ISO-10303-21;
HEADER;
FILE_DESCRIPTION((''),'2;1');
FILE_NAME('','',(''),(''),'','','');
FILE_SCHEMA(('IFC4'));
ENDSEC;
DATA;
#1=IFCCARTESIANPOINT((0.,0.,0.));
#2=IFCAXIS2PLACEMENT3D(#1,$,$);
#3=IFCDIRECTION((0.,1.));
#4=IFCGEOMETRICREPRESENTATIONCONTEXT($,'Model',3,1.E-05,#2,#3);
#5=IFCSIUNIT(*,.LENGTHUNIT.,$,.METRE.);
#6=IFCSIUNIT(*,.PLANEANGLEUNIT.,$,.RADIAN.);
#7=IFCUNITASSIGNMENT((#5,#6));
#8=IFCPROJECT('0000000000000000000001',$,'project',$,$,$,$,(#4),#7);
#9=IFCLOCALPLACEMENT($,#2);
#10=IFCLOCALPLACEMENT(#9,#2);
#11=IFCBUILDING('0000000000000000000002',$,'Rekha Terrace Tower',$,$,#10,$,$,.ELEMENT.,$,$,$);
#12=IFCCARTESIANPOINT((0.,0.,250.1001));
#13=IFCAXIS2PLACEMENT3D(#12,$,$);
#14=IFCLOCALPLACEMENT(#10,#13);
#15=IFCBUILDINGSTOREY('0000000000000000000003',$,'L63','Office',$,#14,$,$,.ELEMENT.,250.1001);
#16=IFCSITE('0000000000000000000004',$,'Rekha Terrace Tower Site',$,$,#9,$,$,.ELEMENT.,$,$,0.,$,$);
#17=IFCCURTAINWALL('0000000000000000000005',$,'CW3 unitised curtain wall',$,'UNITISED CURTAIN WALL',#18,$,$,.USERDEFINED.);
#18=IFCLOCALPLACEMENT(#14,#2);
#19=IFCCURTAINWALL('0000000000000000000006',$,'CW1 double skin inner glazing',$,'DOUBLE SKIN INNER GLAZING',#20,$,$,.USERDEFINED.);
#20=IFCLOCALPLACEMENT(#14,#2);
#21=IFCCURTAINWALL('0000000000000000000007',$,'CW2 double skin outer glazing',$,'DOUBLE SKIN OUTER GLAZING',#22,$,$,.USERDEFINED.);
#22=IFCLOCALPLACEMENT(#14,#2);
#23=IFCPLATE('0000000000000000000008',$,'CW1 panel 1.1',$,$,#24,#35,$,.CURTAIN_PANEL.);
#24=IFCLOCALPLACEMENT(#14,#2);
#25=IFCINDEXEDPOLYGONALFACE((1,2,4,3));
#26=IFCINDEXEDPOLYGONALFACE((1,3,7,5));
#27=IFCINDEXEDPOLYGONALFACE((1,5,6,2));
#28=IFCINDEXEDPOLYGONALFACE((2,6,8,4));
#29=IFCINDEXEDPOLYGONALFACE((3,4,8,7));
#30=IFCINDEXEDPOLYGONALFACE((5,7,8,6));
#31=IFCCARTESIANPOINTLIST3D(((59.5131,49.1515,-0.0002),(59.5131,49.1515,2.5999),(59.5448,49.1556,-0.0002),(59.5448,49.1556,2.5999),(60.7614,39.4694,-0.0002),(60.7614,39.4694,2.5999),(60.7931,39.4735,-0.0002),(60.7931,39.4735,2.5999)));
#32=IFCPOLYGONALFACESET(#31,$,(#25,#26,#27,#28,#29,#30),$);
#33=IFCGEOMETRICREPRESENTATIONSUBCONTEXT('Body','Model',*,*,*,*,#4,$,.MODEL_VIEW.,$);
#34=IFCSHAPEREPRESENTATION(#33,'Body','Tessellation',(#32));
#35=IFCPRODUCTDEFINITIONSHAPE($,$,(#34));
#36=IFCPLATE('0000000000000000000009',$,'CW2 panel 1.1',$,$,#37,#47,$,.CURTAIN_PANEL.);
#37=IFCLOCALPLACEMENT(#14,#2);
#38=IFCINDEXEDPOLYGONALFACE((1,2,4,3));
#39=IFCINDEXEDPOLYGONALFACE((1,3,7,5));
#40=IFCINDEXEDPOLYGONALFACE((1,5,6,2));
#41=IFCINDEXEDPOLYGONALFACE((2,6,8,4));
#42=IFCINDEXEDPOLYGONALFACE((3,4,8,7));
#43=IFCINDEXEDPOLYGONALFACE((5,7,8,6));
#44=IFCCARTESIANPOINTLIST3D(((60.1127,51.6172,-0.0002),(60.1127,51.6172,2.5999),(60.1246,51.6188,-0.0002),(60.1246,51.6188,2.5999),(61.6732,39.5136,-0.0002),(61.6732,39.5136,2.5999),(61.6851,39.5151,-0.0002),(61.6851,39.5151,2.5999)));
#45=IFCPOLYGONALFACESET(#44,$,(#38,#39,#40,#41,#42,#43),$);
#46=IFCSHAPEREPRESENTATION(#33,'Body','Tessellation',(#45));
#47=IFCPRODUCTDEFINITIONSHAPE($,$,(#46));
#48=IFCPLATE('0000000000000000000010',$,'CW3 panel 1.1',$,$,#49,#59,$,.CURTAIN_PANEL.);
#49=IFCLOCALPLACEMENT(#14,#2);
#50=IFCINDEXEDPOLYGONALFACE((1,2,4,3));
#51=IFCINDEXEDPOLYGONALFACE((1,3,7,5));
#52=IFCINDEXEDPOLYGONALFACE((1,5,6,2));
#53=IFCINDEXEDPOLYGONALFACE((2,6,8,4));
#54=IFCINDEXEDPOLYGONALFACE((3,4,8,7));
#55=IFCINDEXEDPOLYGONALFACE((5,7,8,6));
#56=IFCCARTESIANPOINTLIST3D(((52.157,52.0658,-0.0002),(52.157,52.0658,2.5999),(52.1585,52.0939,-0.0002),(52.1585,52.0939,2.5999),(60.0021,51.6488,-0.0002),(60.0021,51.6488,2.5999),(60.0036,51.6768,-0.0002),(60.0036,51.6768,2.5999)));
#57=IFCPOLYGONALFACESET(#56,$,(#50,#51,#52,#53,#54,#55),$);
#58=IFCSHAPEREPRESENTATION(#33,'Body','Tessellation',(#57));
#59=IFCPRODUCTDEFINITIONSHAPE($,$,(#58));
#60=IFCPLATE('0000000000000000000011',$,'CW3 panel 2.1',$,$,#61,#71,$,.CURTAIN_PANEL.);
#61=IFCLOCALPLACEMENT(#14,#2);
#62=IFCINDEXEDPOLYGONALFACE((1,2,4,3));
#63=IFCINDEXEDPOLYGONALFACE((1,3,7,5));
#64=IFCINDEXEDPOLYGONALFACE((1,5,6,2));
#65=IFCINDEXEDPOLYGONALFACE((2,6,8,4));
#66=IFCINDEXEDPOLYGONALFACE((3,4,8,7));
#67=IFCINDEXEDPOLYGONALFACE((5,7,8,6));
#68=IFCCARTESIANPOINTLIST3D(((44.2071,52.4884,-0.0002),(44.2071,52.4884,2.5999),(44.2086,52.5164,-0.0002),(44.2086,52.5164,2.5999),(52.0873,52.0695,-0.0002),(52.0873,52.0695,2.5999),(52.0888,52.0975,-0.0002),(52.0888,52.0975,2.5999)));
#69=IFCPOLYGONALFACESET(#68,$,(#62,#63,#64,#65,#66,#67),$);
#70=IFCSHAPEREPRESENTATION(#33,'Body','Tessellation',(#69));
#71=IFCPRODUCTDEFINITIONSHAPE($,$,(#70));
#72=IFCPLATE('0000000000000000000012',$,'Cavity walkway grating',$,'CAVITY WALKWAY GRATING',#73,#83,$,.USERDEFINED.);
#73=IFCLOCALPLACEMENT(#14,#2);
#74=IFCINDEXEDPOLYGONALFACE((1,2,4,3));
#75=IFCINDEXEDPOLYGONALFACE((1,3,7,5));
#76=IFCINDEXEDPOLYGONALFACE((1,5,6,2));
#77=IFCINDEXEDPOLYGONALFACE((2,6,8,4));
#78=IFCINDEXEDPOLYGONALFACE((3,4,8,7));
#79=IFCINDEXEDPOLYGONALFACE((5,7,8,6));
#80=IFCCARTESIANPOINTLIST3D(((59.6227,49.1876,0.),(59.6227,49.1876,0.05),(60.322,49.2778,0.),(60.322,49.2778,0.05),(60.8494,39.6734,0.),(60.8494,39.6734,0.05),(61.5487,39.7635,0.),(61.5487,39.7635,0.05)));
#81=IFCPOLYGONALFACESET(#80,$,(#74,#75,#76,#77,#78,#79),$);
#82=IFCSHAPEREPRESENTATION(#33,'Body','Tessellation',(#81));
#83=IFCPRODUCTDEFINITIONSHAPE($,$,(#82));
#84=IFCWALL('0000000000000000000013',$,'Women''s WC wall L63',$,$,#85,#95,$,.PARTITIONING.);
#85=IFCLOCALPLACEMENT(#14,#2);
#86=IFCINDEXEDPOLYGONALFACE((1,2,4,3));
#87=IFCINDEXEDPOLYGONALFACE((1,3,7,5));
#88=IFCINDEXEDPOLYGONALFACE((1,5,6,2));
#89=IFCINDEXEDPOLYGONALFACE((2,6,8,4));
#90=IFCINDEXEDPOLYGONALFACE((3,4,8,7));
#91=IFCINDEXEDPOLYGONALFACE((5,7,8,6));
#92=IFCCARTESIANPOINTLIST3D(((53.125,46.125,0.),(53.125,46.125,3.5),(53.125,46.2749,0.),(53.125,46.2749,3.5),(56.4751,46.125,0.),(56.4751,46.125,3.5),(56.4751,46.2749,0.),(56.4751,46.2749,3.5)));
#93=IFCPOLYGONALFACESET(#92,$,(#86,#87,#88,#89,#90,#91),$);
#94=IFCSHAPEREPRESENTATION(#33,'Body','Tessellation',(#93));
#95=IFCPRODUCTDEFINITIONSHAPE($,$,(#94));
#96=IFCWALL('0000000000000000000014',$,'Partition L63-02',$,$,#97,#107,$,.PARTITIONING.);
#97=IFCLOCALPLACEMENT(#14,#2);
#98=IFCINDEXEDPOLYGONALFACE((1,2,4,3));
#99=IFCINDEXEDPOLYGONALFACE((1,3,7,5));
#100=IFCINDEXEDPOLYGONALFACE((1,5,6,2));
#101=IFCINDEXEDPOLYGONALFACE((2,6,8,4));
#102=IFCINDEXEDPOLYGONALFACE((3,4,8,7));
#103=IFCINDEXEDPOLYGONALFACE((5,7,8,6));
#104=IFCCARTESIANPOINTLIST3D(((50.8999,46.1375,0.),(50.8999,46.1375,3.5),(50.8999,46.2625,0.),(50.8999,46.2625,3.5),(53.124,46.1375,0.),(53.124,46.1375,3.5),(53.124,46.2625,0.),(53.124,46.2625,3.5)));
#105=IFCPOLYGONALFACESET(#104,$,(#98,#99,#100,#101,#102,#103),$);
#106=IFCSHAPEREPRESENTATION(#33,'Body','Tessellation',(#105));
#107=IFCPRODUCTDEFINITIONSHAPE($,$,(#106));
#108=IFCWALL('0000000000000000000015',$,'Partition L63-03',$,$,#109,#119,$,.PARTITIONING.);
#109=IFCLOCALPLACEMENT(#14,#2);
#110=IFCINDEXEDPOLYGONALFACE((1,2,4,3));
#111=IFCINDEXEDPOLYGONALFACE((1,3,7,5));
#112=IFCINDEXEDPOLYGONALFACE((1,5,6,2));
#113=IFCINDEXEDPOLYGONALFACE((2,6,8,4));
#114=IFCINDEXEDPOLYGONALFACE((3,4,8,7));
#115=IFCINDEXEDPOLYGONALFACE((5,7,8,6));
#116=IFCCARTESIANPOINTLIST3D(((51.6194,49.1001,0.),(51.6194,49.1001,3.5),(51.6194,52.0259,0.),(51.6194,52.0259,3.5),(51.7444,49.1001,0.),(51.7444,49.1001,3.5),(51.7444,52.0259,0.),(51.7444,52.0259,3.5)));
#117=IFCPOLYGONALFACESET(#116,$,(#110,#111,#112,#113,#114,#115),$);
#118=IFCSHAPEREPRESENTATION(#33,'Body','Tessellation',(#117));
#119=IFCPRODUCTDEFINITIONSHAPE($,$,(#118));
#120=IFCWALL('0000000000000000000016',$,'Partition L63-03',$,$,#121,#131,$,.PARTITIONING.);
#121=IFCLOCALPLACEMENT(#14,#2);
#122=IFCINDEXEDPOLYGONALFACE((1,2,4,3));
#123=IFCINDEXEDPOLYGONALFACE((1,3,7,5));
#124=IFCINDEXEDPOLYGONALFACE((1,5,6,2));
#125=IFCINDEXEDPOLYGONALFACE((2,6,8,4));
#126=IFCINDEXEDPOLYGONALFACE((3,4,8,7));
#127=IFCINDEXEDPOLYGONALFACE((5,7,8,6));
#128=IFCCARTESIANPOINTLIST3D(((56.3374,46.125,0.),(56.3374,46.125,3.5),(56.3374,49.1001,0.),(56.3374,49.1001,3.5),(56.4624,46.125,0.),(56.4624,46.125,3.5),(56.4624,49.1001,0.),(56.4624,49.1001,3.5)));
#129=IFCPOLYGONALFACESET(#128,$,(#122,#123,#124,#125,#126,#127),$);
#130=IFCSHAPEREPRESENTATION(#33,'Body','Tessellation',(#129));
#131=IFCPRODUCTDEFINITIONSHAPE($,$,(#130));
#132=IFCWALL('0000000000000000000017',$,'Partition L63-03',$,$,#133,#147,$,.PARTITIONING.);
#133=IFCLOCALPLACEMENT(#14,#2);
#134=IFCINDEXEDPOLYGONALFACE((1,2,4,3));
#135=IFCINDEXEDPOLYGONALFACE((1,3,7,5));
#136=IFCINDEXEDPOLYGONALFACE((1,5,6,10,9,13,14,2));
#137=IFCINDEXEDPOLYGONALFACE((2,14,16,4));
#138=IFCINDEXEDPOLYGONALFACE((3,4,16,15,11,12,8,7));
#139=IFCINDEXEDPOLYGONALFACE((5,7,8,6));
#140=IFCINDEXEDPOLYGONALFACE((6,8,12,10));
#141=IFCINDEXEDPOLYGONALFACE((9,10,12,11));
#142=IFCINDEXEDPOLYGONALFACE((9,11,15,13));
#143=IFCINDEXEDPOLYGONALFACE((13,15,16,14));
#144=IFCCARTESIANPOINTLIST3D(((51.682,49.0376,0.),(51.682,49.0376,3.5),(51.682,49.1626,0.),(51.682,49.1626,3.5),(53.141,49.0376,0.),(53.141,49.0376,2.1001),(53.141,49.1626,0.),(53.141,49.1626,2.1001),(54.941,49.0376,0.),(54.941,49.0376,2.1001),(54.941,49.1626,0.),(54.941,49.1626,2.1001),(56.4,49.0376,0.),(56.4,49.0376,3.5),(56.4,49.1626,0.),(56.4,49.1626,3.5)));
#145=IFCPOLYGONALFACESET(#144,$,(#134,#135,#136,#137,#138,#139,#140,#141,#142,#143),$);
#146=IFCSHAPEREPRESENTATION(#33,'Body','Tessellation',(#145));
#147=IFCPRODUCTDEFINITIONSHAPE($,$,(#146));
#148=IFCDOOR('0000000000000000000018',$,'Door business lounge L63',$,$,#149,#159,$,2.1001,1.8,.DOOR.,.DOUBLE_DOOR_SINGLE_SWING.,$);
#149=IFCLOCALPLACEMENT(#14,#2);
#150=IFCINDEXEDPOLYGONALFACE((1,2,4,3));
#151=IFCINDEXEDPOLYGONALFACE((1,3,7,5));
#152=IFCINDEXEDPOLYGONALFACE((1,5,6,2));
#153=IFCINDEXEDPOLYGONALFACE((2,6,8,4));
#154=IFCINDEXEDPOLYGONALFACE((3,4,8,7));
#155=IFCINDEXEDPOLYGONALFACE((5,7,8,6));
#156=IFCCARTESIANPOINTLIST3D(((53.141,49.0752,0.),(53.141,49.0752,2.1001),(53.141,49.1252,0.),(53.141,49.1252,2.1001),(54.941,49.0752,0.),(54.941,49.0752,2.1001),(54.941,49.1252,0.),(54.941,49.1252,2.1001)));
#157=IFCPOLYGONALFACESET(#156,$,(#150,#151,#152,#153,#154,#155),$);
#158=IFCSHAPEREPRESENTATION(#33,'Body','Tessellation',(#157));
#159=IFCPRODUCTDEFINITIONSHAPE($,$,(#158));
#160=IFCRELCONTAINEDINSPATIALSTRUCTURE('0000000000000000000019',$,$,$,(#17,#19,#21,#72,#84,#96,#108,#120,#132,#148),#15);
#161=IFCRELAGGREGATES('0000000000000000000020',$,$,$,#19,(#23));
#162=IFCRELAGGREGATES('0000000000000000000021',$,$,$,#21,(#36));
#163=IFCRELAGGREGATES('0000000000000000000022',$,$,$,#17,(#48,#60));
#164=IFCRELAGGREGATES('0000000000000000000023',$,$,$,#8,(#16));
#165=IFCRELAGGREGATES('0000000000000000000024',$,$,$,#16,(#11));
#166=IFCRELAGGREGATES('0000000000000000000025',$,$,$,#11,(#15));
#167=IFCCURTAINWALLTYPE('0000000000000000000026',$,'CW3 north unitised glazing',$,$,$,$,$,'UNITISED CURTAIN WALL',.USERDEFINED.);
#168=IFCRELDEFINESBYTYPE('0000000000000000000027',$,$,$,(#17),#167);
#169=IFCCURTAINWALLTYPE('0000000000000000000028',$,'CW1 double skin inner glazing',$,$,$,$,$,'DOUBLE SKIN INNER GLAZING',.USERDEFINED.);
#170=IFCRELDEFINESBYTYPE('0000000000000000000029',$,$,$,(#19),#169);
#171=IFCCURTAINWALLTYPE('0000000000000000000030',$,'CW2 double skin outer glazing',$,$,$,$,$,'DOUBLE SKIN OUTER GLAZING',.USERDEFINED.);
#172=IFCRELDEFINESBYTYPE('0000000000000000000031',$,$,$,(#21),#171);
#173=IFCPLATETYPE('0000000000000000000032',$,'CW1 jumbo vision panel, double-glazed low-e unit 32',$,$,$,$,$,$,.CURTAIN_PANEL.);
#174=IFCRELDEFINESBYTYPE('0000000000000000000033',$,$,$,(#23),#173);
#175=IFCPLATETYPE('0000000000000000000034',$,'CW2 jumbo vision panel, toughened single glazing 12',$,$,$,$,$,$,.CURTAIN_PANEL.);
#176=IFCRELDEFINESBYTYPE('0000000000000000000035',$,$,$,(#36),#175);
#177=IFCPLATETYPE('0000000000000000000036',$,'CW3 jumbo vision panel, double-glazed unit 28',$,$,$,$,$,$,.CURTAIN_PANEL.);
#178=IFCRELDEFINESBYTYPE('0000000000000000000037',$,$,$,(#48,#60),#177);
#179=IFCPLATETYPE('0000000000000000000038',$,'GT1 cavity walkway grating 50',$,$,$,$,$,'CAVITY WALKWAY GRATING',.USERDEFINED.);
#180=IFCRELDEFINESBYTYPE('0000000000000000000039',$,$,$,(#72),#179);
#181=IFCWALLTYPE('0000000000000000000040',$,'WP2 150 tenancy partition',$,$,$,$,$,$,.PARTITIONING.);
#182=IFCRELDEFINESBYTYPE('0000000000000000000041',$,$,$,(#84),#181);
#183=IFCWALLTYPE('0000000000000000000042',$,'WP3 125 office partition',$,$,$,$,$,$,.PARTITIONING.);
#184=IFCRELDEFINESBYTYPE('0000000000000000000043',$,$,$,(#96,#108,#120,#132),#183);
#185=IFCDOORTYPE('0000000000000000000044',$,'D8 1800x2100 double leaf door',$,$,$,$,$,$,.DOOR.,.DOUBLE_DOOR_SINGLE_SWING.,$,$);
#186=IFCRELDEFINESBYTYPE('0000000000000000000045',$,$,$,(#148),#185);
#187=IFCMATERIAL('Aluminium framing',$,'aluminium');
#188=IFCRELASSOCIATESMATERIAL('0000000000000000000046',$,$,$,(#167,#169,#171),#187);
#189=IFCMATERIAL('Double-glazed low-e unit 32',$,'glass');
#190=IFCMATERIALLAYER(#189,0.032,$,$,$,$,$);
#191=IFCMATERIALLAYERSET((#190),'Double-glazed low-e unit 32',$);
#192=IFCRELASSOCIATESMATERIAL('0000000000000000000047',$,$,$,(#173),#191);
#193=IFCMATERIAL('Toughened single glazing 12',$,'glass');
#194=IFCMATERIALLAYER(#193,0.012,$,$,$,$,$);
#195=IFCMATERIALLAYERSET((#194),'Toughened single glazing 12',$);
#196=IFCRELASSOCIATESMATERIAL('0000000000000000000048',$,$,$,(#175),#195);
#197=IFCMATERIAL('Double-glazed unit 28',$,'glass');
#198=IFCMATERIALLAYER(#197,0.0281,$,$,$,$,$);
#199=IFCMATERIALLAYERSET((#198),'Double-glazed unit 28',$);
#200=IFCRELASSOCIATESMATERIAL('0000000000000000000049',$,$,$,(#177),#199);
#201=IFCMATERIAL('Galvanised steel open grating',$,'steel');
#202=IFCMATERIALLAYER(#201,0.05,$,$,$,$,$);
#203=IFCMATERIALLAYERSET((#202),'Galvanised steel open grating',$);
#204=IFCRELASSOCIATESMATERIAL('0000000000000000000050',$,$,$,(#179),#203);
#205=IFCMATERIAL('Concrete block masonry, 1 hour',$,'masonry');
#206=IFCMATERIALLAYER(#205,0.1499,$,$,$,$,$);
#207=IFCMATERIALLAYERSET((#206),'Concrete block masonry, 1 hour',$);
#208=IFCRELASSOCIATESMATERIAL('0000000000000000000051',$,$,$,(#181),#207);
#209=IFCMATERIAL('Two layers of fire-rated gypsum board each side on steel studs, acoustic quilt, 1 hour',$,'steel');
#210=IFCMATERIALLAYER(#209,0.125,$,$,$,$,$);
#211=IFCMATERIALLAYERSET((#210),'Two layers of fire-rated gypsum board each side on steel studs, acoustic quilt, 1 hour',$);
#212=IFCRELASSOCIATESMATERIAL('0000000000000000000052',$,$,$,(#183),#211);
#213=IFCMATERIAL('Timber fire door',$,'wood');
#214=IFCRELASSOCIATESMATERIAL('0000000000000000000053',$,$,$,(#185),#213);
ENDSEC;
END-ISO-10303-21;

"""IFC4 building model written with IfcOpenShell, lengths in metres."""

from ifc_helpers import new_model, si_unit, direction, frame, frame_2d, origin, origin_2d, place, context, subcontext, project, spatial, rectangle, extrude, material, layer, layer_set, type_object, element, fill, aggregate, save


model = new_model("IFC4")

# Units and contexts
model_context = context("Model", 3, precision=1e-05, world=origin(), true_north=direction((0.0, 1.0)))
body_context = subcontext(model_context, "Body", "Model", "MODEL_VIEW")
ifc_project = project(units=[si_unit("LENGTHUNIT", "METRE"), si_unit("PLANEANGLEUNIT", "RADIAN")], contexts=[model_context])

# Site, building, storey
site_placement = place(None, origin())
site = spatial("IfcSite", under=ifc_project, at=site_placement, Name="Rekha Terrace Tower Site", CompositionType="ELEMENT", RefElevation=0.0)
building_placement = place(site_placement, origin())
building = spatial("IfcBuilding", under=site, at=building_placement, Name="Rekha Terrace Tower", CompositionType="ELEMENT")
storey_placement = place(building_placement, frame((0.0, 0.0, 250.1001)))
storey = spatial("IfcBuildingStorey", under=building, at=storey_placement, Name="L63", Description="Office", CompositionType="ELEMENT", Elevation=250.1001)

# Curtain walls
ifc_material_1 = material(Name="Aluminium framing", Category="aluminium")
curtain_wall_type_1 = type_object("IfcCurtainWallType", Name="CW3 north unitised glazing", ElementType="UNITISED CURTAIN WALL", PredefinedType="USERDEFINED", material=ifc_material_1)
curtain_wall_1_placement = place(storey_placement, origin())
curtain_wall_1 = element("IfcCurtainWall", 1, at=curtain_wall_1_placement, inside=storey, type_object=curtain_wall_type_1, Name="CW3 unitised curtain wall", ObjectType="UNITISED CURTAIN WALL", PredefinedType="USERDEFINED")
curtain_wall_type_2 = type_object("IfcCurtainWallType", Name="CW1 double skin inner glazing", ElementType="DOUBLE SKIN INNER GLAZING", PredefinedType="USERDEFINED", material=ifc_material_1)
curtain_wall_2_placement = place(storey_placement, origin())
curtain_wall_2 = element("IfcCurtainWall", 2, at=curtain_wall_2_placement, inside=storey, type_object=curtain_wall_type_2, Name="CW1 double skin inner glazing", ObjectType="DOUBLE SKIN INNER GLAZING", PredefinedType="USERDEFINED")
curtain_wall_type_3 = type_object("IfcCurtainWallType", Name="CW2 double skin outer glazing", ElementType="DOUBLE SKIN OUTER GLAZING", PredefinedType="USERDEFINED", material=ifc_material_1)
curtain_wall_3_placement = place(storey_placement, origin())
curtain_wall_3 = element("IfcCurtainWall", 3, at=curtain_wall_3_placement, inside=storey, type_object=curtain_wall_type_3, Name="CW2 double skin outer glazing", ObjectType="DOUBLE SKIN OUTER GLAZING", PredefinedType="USERDEFINED")

# Plates
ifc_material_2 = material(Name="Double-glazed low-e unit 32", Category="glass")
ifc_layer_1 = layer(ifc_material_2, 0.032)
ifc_layer_set_1 = layer_set([ifc_layer_1], Name="Double-glazed low-e unit 32")
plate_type_1 = type_object("IfcPlateType", Name="CW1 jumbo vision panel, double-glazed low-e unit 32", PredefinedType="CURTAIN_PANEL", material=ifc_layer_set_1)
plate_1_placement = place(storey_placement, frame((60.1531, 44.3125, -0.0002), z_axis=(0.0, 0.0, 1.0), x_axis=(-0.12787, 0.991791, 0.0)))
plate_1 = element("IfcPlate", 4, at=plate_1_placement, type_object=plate_type_1, Name="CW1 panel 1.1", PredefinedType="CURTAIN_PANEL", context=body_context, shape_type="SweptSolid", body=[
    extrude(rectangle(XDim=9.7622, YDim=0.032, at=origin_2d()), origin(), (0.0, 0.0, 1.0), 2.6001),
])
aggregate(curtain_wall_2, [plate_1])
ifc_material_3 = material(Name="Toughened single glazing 12", Category="glass")
ifc_layer_2 = layer(ifc_material_3, 0.012)
ifc_layer_set_2 = layer_set([ifc_layer_2], Name="Toughened single glazing 12")
plate_type_2 = type_object("IfcPlateType", Name="CW2 jumbo vision panel, toughened single glazing 12", PredefinedType="CURTAIN_PANEL", material=ifc_layer_set_2)
plate_2_placement = place(storey_placement, frame((60.8989, 45.5662, -0.0002), z_axis=(0.0, 0.0, 1.0), x_axis=(-0.12787, 0.991791, 0.0)))
plate_2 = element("IfcPlate", 5, at=plate_2_placement, type_object=plate_type_2, Name="CW2 panel 1.1", PredefinedType="CURTAIN_PANEL", context=body_context, shape_type="SweptSolid", body=[
    extrude(rectangle(XDim=12.2039, YDim=0.012, at=origin_2d()), origin(), (0.0, 0.0, 1.0), 2.6001),
])
aggregate(curtain_wall_3, [plate_2])
ifc_material_4 = material(Name="Double-glazed unit 28", Category="glass")
ifc_layer_3 = layer(ifc_material_4, 0.0281)
ifc_layer_set_3 = layer_set([ifc_layer_3], Name="Double-glazed unit 28")
plate_type_3 = type_object("IfcPlateType", Name="CW3 jumbo vision panel, double-glazed unit 28", PredefinedType="CURTAIN_PANEL", material=ifc_layer_set_3)
plate_3_placement = place(storey_placement, frame((56.0803, 51.8713, -0.0002), z_axis=(0.0, 0.0, 1.0), x_axis=(-0.99859, 0.053083, 0.0)))
plate_3 = element("IfcPlate", 6, at=plate_3_placement, type_object=plate_type_3, Name="CW3 panel 1.1", PredefinedType="CURTAIN_PANEL", context=body_context, shape_type="SweptSolid", body=[
    extrude(rectangle(XDim=7.8562, YDim=0.0281, at=origin_2d()), origin(), (0.0, 0.0, 1.0), 2.6001),
])
plate_4_placement = place(storey_placement, frame((48.1479, 52.293, -0.0002), z_axis=(0.0, 0.0, 1.0), x_axis=(-0.99859, 0.053083, 0.0)))
plate_4 = element("IfcPlate", 7, at=plate_4_placement, type_object=plate_type_3, Name="CW3 panel 2.1", PredefinedType="CURTAIN_PANEL", context=body_context, shape_type="SweptSolid", body=[
    extrude(rectangle(XDim=7.8914, YDim=0.0281, at=origin_2d()), origin(), (0.0, 0.0, 1.0), 2.6001),
])
aggregate(curtain_wall_1, [plate_3, plate_4])
ifc_material_5 = material(Name="Galvanised steel open grating", Category="steel")
ifc_layer_4 = layer(ifc_material_5, 0.05)
ifc_layer_set_4 = layer_set([ifc_layer_4], Name="Galvanised steel open grating")
plate_type_4 = type_object("IfcPlateType", Name="GT1 cavity walkway grating 50", ElementType="CAVITY WALKWAY GRATING", PredefinedType="USERDEFINED", material=ifc_layer_set_4)
plate_5_placement = place(storey_placement, frame((60.5857, 44.4756, 0.0), z_axis=(0.0, 0.0, 1.0), x_axis=(-0.12787, 0.991791, 0.0)))
element("IfcPlate", 8, at=plate_5_placement, inside=storey, type_object=plate_type_4, Name="Cavity walkway grating", ObjectType="CAVITY WALKWAY GRATING", PredefinedType="USERDEFINED", context=body_context, shape_type="SweptSolid", body=[
    extrude(rectangle(XDim=9.593, YDim=0.7051, at=origin_2d()), origin(), (0.0, 0.0, 1.0), 0.05),
])

# Walls
ifc_material_6 = material(Name="Concrete block masonry, 1 hour", Category="masonry")
ifc_layer_5 = layer(ifc_material_6, 0.1499)
ifc_layer_set_5 = layer_set([ifc_layer_5], Name="Concrete block masonry, 1 hour")
wall_type_1 = type_object("IfcWallType", Name="WP2 150 tenancy partition", PredefinedType="PARTITIONING", material=ifc_layer_set_5)
wall_1_placement = place(storey_placement, frame((53.125, 46.2, 0.0), z_axis=(0.0, 0.0, 1.0), x_axis=(1.0, 0.0, 0.0)))
element("IfcWall", 9, at=wall_1_placement, inside=storey, type_object=wall_type_1, Name="Women's WC wall L63", PredefinedType="PARTITIONING", context=body_context, shape_type="SweptSolid", body=[
    extrude(rectangle(XDim=3.3501, YDim=0.1499, at=frame_2d((1.675, 0.0))), origin(), (0.0, 0.0, 1.0), 3.5),
])
ifc_material_7 = material(Name="Two layers of fire-rated gypsum board each side on steel studs, acoustic quilt, 1 hour", Category="steel")
ifc_layer_6 = layer(ifc_material_7, 0.125)
ifc_layer_set_6 = layer_set([ifc_layer_6], Name="Two layers of fire-rated gypsum board each side on steel studs, acoustic quilt, 1 hour")
wall_type_2 = type_object("IfcWallType", Name="WP3 125 office partition", PredefinedType="PARTITIONING", material=ifc_layer_set_6)
wall_2_placement = place(storey_placement, frame((50.8999, 46.2, 0.0), z_axis=(0.0, 0.0, 1.0), x_axis=(1.0, 0.0, 0.0)))
element("IfcWall", 10, at=wall_2_placement, inside=storey, type_object=wall_type_2, Name="Partition L63-02", PredefinedType="PARTITIONING", context=body_context, shape_type="SweptSolid", body=[
    extrude(rectangle(XDim=2.2241, YDim=0.125, at=frame_2d((1.1121, 0.0))), origin(), (0.0, 0.0, 1.0), 3.5),
])
wall_3_placement = place(storey_placement, frame((51.6819, 49.1001, 0.0), z_axis=(0.0, 0.0, 1.0), x_axis=(0.0, 1.0, 0.0)))
element("IfcWall", 11, at=wall_3_placement, inside=storey, type_object=wall_type_2, Name="Partition L63-03", PredefinedType="PARTITIONING", context=body_context, shape_type="SweptSolid", body=[
    extrude(rectangle(XDim=2.9258, YDim=0.125, at=frame_2d((1.4629, 0.0))), origin(), (0.0, 0.0, 1.0), 3.5),
])
wall_4_placement = place(storey_placement, frame((56.3999, 46.125, 0.0), z_axis=(0.0, 0.0, 1.0), x_axis=(0.0, 1.0, 0.0)))
element("IfcWall", 12, at=wall_4_placement, inside=storey, type_object=wall_type_2, Name="Partition L63-03", PredefinedType="PARTITIONING", context=body_context, shape_type="SweptSolid", body=[
    extrude(rectangle(XDim=2.9751, YDim=0.125, at=frame_2d((1.4875, 0.0))), origin(), (0.0, 0.0, 1.0), 3.5),
])

# Wall, opening, door
wall_5_placement = place(storey_placement, frame((56.3999, 49.1001, 0.0), z_axis=(0.0, 0.0, 1.0), x_axis=(-1.0, 0.0, 0.0)))
wall_5 = element("IfcWall", 13, at=wall_5_placement, inside=storey, type_object=wall_type_2, Name="Partition L63-03", PredefinedType="PARTITIONING", context=body_context, shape_type="SweptSolid", body=[
    extrude(rectangle(XDim=4.718, YDim=0.125, at=frame_2d((2.3589, 0.0))), origin(), (0.0, 0.0, 1.0), 3.5),
])
opening_1_placement = place(wall_5_placement, frame((1.459, 0.0, 0.0)))
opening_1 = element("IfcOpeningElement", 14, at=opening_1_placement, cuts=wall_5, PredefinedType="OPENING", context=body_context, shape_type="SweptSolid", body=[
    extrude(rectangle(XDim=1.8, YDim=2.1001, at=frame_2d((0.8999, 1.05))), frame((0.0, 0.0725, 0.0), z_axis=(0.0, -1.0, 0.0), x_axis=(1.0, 0.0, 0.0)), (0.0, 0.0, 1.0), 0.145),
])
ifc_material_8 = material(Name="Timber fire door", Category="wood")
door_type = type_object("IfcDoorType", Name="D8 1800x2100 double leaf door", OperationType="DOUBLE_DOOR_SINGLE_SWING", PredefinedType="DOOR", material=ifc_material_8)
door_1_placement = place(opening_1_placement, origin())
door_1 = element("IfcDoor", 15, at=door_1_placement, inside=storey, type_object=door_type, Name="Door business lounge L63", OperationType="DOUBLE_DOOR_SINGLE_SWING", OverallHeight=2.1001, OverallWidth=1.8, PredefinedType="DOOR", context=body_context, shape_type="SweptSolid", body=[
    extrude(rectangle(XDim=1.8, YDim=2.1001, at=frame_2d((0.8999, 1.05))), frame((0.0, 0.0249, 0.0), z_axis=(0.0, -1.0, 0.0), x_axis=(1.0, 0.0, 0.0)), (0.0, 0.0, 1.0), 0.05),
])
fill(opening_1, door_1)

save(model, "model.ifc")
